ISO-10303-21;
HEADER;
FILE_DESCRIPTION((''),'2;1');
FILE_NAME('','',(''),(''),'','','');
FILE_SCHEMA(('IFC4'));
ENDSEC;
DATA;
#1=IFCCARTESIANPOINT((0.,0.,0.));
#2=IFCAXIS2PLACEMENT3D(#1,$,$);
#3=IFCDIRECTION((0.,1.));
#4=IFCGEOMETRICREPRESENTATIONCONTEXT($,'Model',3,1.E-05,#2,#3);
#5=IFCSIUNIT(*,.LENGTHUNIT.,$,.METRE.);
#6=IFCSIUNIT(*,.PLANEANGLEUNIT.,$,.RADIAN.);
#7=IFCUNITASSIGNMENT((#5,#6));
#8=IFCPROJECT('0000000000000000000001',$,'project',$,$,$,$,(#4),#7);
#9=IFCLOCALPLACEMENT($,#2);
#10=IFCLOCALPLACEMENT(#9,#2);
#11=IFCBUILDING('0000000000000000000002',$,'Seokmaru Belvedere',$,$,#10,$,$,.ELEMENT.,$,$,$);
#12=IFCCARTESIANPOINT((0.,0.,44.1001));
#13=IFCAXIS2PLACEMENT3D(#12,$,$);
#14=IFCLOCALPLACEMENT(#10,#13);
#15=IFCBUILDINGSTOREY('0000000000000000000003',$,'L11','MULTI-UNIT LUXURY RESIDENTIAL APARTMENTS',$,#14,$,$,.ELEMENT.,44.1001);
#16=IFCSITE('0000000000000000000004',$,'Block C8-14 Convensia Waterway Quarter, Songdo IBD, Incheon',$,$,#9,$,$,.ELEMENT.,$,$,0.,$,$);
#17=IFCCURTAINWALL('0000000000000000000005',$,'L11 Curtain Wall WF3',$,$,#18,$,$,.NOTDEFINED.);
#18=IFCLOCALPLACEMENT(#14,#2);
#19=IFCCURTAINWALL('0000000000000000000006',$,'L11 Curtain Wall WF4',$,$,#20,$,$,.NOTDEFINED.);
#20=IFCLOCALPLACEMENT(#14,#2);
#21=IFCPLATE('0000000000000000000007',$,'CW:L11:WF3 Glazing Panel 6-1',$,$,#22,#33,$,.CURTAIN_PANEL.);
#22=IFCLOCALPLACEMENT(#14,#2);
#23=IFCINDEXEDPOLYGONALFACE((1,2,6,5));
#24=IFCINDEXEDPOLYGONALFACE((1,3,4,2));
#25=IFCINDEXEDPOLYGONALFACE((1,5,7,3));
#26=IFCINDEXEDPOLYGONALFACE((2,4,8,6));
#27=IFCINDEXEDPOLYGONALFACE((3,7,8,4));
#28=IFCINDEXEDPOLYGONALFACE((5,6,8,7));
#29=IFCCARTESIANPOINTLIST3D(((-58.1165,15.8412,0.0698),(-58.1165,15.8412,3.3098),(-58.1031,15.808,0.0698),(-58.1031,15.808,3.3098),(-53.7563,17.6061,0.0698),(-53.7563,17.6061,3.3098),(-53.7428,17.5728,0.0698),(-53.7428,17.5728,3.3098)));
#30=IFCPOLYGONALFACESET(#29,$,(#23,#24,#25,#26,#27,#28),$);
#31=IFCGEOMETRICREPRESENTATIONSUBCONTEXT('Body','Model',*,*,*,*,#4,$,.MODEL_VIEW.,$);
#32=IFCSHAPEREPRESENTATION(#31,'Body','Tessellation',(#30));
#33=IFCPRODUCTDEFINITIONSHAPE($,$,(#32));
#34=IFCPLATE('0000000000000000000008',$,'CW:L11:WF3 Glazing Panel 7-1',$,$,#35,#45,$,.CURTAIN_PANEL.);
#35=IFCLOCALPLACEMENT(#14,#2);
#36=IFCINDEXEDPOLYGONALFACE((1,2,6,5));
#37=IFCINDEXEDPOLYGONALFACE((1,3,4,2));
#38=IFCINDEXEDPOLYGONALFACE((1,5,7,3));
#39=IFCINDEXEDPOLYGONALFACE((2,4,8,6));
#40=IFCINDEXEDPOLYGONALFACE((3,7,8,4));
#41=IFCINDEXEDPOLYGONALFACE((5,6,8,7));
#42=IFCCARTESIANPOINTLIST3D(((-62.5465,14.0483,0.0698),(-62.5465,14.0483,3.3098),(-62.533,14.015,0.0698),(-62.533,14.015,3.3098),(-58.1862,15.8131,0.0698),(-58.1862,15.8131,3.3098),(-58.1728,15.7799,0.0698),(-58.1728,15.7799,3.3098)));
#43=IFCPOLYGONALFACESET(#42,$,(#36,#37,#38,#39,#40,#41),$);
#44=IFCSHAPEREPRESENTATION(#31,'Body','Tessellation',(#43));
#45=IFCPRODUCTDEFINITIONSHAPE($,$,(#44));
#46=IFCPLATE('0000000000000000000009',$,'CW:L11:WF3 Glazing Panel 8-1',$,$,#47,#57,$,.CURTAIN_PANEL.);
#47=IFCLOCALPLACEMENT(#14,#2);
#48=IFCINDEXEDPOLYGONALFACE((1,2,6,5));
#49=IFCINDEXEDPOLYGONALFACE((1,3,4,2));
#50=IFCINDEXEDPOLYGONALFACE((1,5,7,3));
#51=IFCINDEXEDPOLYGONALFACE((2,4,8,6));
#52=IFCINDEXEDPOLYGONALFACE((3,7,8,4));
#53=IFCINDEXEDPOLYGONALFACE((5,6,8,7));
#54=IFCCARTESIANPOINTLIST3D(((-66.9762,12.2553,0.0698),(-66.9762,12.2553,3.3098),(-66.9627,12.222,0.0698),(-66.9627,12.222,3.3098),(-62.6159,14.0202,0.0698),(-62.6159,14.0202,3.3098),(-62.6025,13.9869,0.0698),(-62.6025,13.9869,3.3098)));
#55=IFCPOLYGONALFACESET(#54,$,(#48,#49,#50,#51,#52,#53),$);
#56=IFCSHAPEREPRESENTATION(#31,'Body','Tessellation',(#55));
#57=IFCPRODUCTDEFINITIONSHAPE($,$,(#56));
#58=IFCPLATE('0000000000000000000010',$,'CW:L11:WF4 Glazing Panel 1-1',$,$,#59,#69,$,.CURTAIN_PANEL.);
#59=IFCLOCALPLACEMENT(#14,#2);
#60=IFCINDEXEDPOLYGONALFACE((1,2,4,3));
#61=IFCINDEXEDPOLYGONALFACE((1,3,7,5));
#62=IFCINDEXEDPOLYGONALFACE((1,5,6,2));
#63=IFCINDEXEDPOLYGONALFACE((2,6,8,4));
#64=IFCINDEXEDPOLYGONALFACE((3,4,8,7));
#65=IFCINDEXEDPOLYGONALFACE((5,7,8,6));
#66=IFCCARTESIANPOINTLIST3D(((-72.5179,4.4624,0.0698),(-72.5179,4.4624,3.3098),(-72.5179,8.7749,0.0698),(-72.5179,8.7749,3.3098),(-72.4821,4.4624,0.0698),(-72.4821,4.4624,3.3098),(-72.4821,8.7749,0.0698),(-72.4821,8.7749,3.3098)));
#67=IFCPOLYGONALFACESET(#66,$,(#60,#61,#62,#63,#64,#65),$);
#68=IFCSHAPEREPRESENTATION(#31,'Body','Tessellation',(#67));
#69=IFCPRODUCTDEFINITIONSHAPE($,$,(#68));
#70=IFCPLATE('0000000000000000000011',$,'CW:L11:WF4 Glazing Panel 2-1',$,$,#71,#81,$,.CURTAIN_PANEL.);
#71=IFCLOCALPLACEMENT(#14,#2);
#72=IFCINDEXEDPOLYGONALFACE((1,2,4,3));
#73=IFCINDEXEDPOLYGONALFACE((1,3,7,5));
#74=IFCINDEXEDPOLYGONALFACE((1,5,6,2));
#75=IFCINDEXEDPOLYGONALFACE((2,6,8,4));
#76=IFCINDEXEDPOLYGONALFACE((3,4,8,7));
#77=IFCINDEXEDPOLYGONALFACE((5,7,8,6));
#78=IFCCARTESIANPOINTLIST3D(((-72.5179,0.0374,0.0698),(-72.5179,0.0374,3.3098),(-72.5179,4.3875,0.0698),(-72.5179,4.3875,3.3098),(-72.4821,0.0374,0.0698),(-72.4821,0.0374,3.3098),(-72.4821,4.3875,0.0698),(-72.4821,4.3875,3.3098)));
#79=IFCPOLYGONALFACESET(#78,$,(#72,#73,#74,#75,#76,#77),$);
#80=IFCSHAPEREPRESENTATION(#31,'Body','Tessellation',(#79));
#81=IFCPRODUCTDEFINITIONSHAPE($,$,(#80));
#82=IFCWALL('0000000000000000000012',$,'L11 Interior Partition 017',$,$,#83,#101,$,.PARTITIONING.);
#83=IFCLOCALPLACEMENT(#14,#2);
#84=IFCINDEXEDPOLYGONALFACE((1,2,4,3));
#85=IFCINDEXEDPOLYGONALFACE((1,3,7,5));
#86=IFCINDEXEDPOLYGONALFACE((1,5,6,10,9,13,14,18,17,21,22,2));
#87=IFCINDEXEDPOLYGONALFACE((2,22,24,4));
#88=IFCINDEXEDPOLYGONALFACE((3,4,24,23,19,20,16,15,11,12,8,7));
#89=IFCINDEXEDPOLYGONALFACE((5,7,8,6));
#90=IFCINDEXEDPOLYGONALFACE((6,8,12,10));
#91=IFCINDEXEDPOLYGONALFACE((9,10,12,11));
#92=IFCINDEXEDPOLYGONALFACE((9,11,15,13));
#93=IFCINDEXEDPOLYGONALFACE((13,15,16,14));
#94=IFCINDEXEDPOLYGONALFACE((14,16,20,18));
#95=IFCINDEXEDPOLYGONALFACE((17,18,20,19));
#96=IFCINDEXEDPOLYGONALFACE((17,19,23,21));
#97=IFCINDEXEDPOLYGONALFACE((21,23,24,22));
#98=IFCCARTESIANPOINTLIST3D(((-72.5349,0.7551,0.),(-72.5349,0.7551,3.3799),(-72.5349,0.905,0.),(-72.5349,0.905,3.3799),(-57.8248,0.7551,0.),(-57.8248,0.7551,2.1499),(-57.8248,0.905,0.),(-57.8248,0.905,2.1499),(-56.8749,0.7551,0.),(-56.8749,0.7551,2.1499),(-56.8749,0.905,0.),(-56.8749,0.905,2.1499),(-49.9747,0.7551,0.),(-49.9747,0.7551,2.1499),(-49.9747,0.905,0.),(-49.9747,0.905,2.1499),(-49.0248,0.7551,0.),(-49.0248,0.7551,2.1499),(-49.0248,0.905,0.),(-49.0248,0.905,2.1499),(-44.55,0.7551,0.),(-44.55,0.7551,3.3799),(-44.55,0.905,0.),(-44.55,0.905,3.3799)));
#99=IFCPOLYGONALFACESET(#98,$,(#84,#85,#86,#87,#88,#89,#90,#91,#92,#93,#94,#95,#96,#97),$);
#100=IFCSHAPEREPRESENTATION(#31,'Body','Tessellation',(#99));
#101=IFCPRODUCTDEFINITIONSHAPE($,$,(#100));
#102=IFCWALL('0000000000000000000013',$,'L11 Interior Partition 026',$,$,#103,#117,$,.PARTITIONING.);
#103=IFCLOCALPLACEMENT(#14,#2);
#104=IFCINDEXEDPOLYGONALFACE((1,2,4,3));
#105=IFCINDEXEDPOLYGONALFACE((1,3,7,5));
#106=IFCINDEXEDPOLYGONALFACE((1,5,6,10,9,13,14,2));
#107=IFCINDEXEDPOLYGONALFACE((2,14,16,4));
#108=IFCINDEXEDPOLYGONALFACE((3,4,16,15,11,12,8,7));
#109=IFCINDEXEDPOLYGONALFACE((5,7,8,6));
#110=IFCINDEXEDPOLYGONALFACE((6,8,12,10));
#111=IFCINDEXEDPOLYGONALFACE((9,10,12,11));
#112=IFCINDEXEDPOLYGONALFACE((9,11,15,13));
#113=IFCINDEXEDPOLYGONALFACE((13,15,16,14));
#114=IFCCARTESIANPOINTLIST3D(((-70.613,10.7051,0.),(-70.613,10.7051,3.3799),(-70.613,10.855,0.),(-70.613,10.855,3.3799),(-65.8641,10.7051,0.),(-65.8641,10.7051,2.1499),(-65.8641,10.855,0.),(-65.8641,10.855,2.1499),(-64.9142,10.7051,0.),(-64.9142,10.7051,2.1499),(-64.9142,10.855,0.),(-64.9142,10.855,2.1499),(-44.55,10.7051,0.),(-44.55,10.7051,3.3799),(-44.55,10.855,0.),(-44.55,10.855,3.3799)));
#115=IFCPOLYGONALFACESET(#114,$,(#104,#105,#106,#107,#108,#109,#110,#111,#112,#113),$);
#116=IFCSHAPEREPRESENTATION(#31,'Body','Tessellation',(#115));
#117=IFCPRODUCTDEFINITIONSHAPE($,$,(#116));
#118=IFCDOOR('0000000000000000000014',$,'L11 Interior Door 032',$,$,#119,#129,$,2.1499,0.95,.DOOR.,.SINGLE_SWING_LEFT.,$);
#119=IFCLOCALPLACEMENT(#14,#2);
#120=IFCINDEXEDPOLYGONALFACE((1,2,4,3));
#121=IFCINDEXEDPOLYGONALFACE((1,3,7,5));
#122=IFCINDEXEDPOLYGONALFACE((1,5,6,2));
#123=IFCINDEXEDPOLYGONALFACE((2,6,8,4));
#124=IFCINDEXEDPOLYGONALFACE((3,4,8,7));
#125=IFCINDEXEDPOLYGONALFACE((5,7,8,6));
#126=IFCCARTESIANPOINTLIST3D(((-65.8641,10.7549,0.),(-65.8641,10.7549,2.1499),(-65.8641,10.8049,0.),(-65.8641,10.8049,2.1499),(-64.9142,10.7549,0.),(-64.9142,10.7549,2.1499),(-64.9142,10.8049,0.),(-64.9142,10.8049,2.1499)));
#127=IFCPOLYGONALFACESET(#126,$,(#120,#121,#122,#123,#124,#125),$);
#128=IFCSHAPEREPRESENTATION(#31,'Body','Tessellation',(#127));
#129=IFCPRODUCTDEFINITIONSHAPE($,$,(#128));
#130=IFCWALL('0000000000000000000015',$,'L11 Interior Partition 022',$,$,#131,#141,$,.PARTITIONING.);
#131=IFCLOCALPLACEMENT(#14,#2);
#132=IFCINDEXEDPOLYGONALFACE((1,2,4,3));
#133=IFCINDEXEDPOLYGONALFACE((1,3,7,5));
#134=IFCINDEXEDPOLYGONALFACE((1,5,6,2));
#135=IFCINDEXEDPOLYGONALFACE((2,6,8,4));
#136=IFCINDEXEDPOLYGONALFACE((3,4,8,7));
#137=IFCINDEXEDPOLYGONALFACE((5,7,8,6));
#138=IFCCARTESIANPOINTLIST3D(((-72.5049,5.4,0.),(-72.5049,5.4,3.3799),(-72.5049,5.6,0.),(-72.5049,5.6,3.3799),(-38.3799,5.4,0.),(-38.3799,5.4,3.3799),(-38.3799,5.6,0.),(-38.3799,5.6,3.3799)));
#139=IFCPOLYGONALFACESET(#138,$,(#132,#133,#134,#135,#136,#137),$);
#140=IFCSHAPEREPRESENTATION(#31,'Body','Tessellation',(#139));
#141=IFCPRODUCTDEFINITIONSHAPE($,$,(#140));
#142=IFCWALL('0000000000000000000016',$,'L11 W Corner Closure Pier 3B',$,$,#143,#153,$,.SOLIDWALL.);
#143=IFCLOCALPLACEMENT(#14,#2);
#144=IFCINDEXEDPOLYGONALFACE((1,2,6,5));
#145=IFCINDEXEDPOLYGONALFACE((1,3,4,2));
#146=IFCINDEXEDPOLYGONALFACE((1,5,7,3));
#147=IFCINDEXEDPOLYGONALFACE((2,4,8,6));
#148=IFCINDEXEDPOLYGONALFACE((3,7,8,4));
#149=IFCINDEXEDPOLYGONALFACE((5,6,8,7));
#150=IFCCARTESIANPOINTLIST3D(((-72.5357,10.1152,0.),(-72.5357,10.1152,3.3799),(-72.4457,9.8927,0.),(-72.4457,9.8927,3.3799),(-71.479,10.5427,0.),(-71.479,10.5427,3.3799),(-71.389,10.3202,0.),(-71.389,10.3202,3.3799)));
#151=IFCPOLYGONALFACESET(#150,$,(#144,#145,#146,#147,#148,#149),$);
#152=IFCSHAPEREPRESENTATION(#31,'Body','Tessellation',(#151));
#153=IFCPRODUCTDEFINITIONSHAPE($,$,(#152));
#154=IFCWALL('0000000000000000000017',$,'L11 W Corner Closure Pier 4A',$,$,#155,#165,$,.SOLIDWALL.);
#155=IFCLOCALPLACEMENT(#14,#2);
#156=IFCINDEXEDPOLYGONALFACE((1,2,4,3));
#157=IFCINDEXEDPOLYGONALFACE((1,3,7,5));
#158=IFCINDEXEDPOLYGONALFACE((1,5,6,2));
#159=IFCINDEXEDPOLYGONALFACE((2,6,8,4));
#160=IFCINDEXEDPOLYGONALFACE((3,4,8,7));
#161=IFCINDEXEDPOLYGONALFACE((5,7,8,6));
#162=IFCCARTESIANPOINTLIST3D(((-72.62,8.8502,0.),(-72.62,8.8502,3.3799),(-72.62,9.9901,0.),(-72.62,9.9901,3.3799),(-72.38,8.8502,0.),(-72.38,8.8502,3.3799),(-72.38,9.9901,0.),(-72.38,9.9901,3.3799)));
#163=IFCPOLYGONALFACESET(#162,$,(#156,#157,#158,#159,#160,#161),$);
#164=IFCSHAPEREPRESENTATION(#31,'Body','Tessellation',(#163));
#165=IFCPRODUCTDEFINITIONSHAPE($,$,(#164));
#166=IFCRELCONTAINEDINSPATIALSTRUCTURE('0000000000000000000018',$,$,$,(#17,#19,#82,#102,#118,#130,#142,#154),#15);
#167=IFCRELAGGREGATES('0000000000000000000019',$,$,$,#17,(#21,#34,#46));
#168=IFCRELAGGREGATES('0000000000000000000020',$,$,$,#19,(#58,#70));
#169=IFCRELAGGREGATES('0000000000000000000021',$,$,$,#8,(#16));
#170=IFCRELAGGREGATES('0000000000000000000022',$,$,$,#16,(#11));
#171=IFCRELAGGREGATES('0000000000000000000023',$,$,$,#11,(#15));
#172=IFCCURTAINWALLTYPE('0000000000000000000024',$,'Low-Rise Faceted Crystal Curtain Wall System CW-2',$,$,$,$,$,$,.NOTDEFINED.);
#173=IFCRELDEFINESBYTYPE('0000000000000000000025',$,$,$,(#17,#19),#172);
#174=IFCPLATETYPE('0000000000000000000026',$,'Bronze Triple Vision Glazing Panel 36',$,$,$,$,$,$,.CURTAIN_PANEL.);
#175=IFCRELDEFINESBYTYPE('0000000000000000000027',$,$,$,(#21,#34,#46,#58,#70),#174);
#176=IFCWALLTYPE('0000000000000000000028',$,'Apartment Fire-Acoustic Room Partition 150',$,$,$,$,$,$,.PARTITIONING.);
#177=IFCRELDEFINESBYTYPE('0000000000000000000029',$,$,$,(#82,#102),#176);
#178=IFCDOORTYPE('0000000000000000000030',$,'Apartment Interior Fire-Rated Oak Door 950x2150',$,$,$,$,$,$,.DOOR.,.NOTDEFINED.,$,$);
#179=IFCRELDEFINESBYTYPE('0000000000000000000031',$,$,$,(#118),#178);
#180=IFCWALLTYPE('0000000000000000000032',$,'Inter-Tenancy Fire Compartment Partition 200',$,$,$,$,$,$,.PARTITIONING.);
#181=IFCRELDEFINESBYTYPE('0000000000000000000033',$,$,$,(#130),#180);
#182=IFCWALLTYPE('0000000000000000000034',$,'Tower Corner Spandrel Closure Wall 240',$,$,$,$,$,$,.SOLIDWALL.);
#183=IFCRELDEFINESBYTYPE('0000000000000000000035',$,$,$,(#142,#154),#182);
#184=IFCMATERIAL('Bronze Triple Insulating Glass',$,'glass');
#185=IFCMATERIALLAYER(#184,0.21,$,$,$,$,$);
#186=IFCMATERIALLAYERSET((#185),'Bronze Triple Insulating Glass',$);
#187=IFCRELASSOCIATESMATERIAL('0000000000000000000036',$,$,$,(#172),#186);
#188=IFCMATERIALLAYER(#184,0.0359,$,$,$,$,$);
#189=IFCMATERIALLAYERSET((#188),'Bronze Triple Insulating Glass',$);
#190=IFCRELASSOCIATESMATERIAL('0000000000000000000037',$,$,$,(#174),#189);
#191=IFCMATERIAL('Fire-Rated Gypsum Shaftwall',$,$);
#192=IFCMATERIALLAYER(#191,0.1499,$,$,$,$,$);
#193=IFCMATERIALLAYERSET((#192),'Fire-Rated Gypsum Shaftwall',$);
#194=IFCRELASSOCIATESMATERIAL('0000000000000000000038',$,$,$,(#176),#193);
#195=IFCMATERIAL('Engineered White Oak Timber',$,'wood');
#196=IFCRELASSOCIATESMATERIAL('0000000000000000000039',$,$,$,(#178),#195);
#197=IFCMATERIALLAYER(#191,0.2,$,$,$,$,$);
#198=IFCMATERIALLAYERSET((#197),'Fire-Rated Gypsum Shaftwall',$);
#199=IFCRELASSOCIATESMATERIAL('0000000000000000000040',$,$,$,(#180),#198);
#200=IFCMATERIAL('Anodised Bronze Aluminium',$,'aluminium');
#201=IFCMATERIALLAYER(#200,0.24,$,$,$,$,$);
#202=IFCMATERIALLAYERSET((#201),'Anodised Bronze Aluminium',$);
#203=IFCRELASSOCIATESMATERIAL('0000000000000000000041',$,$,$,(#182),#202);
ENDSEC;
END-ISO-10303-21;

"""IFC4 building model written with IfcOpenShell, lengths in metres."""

from ifc_helpers import new_model, si_unit, direction, frame, frame_2d, origin, origin_2d, place, context, subcontext, project, spatial, rectangle, extrude, source, transform, mapped, material, layer, layer_set, type_object, type_shapes, element, fill, aggregate, save


model = new_model("IFC4")

# Units and contexts
model_context = context("Model", 3, precision=1e-05, world=origin(), true_north=direction((0.0, 1.0)))
body_context = subcontext(model_context, "Body", "Model", "MODEL_VIEW")
ifc_project = project(units=[si_unit("LENGTHUNIT", "METRE"), si_unit("PLANEANGLEUNIT", "RADIAN")], contexts=[model_context])

# Site, building, storey
site_placement = place(None, origin())
site = spatial("IfcSite", under=ifc_project, at=site_placement, Name="Block C8-14 Convensia Waterway Quarter, Songdo IBD, Incheon", CompositionType="ELEMENT", RefElevation=0.0)
building_placement = place(site_placement, origin())
building = spatial("IfcBuilding", under=site, at=building_placement, Name="Seokmaru Belvedere", CompositionType="ELEMENT")
storey_placement = place(building_placement, frame((0.0, 0.0, 44.1001)))
storey = spatial("IfcBuildingStorey", under=building, at=storey_placement, Name="L11", Description="MULTI-UNIT LUXURY RESIDENTIAL APARTMENTS", CompositionType="ELEMENT", Elevation=44.1001)

# Curtain walls
ifc_material_1 = material(Name="Bronze Triple Insulating Glass", Category="glass")
ifc_layer_1 = layer(ifc_material_1, 0.21)
ifc_layer_set_1 = layer_set([ifc_layer_1], Name="Bronze Triple Insulating Glass")
curtain_wall_type = type_object("IfcCurtainWallType", Name="Low-Rise Faceted Crystal Curtain Wall System CW-2", PredefinedType="NOTDEFINED", material=ifc_layer_set_1)
curtain_wall_1_placement = place(storey_placement, origin())
curtain_wall_1 = element("IfcCurtainWall", 1, at=curtain_wall_1_placement, inside=storey, type_object=curtain_wall_type, Name="L11 Curtain Wall WF3", PredefinedType="NOTDEFINED")
ifc_material_2 = material(Name="Anodised Bronze Aluminium", Category="aluminium")
curtain_wall_2_placement = place(storey_placement, origin())
curtain_wall_2 = element("IfcCurtainWall", 2, at=curtain_wall_2_placement, inside=storey, type_object=curtain_wall_type, Name="L11 Curtain Wall WF4", PredefinedType="NOTDEFINED")

# Plates
ifc_layer_2 = layer(ifc_material_1, 0.0359)
ifc_layer_set_2 = layer_set([ifc_layer_2], Name="Bronze Triple Insulating Glass")
plate_type = type_object("IfcPlateType", Name="Bronze Triple Vision Glazing Panel 36", PredefinedType="CURTAIN_PANEL", material=ifc_layer_set_2)
shared_shape_1 = source(origin(), body_context, "Body", "SweptSolid", [
    extrude(rectangle(XDim=4.7039, YDim=0.0359, at=origin_2d()), origin(), (0.0, 0.0, 1.0), 3.24),
])
plate_1_placement = place(storey_placement, frame((-55.9297, 16.707, 0.0698), z_axis=(0.0, 0.0, 1.0), x_axis=(-0.926947, -0.375192, 0.0)))
plate_1 = element("IfcPlate", 3, at=plate_1_placement, type_object=plate_type, Name="CW:L11:WF3 Glazing Panel 6-1", PredefinedType="CURTAIN_PANEL", context=body_context, shape_type="MappedRepresentation", body=[
    mapped(shared_shape_1, transform((0.0, 0.0, 0.0), scale=1.0)),
])
plate_2_placement = place(storey_placement, frame((-60.3596, 14.9141, 0.0698), z_axis=(0.0, 0.0, 1.0), x_axis=(-0.926947, -0.375192, 0.0)))
plate_2 = element("IfcPlate", 4, at=plate_2_placement, type_object=plate_type, Name="CW:L11:WF3 Glazing Panel 7-1", PredefinedType="CURTAIN_PANEL", context=body_context, shape_type="MappedRepresentation", body=[
    mapped(shared_shape_1, transform((0.0, 0.0, 0.0), scale=1.0)),
])
plate_3_placement = place(storey_placement, frame((-64.7893, 13.1211, 0.0698), z_axis=(0.0, 0.0, 1.0), x_axis=(-0.926947, -0.375192, 0.0)))
plate_3 = element("IfcPlate", 5, at=plate_3_placement, type_object=plate_type, Name="CW:L11:WF3 Glazing Panel 8-1", PredefinedType="CURTAIN_PANEL", context=body_context, shape_type="MappedRepresentation", body=[
    mapped(shared_shape_1, transform((0.0, 0.0, 0.0), scale=1.0)),
])
aggregate(curtain_wall_1, [plate_1, plate_2, plate_3])
shared_shape_2 = source(origin(), body_context, "Body", "SweptSolid", [
    extrude(rectangle(XDim=4.3125, YDim=0.0359, at=origin_2d()), origin(), (0.0, 0.0, 1.0), 3.24),
])
plate_4_placement = place(storey_placement, frame((-72.5, 6.6187, 0.0698), z_axis=(0.0, 0.0, 1.0), x_axis=(0.0, -1.0, 0.0)))
plate_4 = element("IfcPlate", 6, at=plate_4_placement, type_object=plate_type, Name="CW:L11:WF4 Glazing Panel 1-1", PredefinedType="CURTAIN_PANEL", context=body_context, shape_type="MappedRepresentation", body=[
    mapped(shared_shape_2, transform((0.0, 0.0, 0.0), scale=1.0)),
])
shared_shape_3 = source(origin(), body_context, "Body", "SweptSolid", [
    extrude(rectangle(XDim=4.3501, YDim=0.0359, at=origin_2d()), origin(), (0.0, 0.0, 1.0), 3.24),
])
plate_5_placement = place(storey_placement, frame((-72.5, 2.2124, 0.0698), z_axis=(0.0, 0.0, 1.0), x_axis=(0.0, -1.0, 0.0)))
plate_5 = element("IfcPlate", 7, at=plate_5_placement, type_object=plate_type, Name="CW:L11:WF4 Glazing Panel 2-1", PredefinedType="CURTAIN_PANEL", context=body_context, shape_type="MappedRepresentation", body=[
    mapped(shared_shape_3, transform((0.0, 0.0, 0.0), scale=1.0)),
])
aggregate(curtain_wall_2, [plate_4, plate_5])

# Wall, openings
ifc_material_3 = material(Name="Fire-Rated Gypsum Shaftwall")
ifc_layer_3 = layer(ifc_material_3, 0.1499)
ifc_layer_set_3 = layer_set([ifc_layer_3], Name="Fire-Rated Gypsum Shaftwall")
wall_type_1 = type_object("IfcWallType", Name="Apartment Fire-Acoustic Room Partition 150", PredefinedType="PARTITIONING", material=ifc_layer_set_3)
wall_1_placement = place(storey_placement, frame((-72.5349, 0.8301, 0.0), z_axis=(0.0, 0.0, 1.0), x_axis=(1.0, 0.0, 0.0)))
wall_1 = element("IfcWall", 8, at=wall_1_placement, inside=storey, type_object=wall_type_1, Name="L11 Interior Partition 017", PredefinedType="PARTITIONING", context=body_context, shape_type="SweptSolid", body=[
    extrude(rectangle(XDim=27.9849, YDim=0.1499, at=frame_2d((13.9924, 0.0))), origin(), (0.0, 0.0, 1.0), 3.3799),
])
opening_1_placement = place(wall_1_placement, frame((22.5601, 0.0, 0.0)))
element("IfcOpeningElement", 9, at=opening_1_placement, cuts=wall_1, PredefinedType="OPENING", context=body_context, shape_type="SweptSolid", body=[
    extrude(rectangle(XDim=0.95, YDim=2.1499, at=frame_2d((0.4751, 1.075))), frame((0.0, 0.085, 0.0), z_axis=(0.0, -1.0, 0.0), x_axis=(1.0, 0.0, 0.0)), (0.0, 0.0, 1.0), 0.1699),
])
opening_2_placement = place(wall_1_placement, frame((14.71, 0.0, 0.0)))
element("IfcOpeningElement", 10, at=opening_2_placement, cuts=wall_1, PredefinedType="OPENING", context=body_context, shape_type="SweptSolid", body=[
    extrude(rectangle(XDim=0.95, YDim=2.1499, at=frame_2d((0.4751, 1.075))), frame((0.0, 0.085, 0.0), z_axis=(0.0, -1.0, 0.0), x_axis=(1.0, 0.0, 0.0)), (0.0, 0.0, 1.0), 0.1699),
])

# Wall, opening, door
wall_2_placement = place(storey_placement, frame((-70.613, 10.78, 0.0), z_axis=(0.0, 0.0, 1.0), x_axis=(1.0, 0.0, 0.0)))
wall_2 = element("IfcWall", 11, at=wall_2_placement, inside=storey, type_object=wall_type_1, Name="L11 Interior Partition 026", PredefinedType="PARTITIONING", context=body_context, shape_type="SweptSolid", body=[
    extrude(rectangle(XDim=26.063, YDim=0.1499, at=frame_2d((13.0315, 0.0))), origin(), (0.0, 0.0, 1.0), 3.3799),
])
opening_3_placement = place(wall_2_placement, frame((4.7488, 0.0, 0.0)))
opening_3 = element("IfcOpeningElement", 12, at=opening_3_placement, cuts=wall_2, PredefinedType="OPENING", context=body_context, shape_type="SweptSolid", body=[
    extrude(rectangle(XDim=0.95, YDim=2.1499, at=frame_2d((0.4751, 1.075))), frame((0.0, 0.085, 0.0), z_axis=(0.0, -1.0, 0.0), x_axis=(1.0, 0.0, 0.0)), (0.0, 0.0, 1.0), 0.1699),
])
ifc_material_4 = material(Name="Engineered White Oak Timber", Category="wood")
door_type = type_object("IfcDoorType", Name="Apartment Interior Fire-Rated Oak Door 950x2150", OperationType="NOTDEFINED", PredefinedType="DOOR", material=ifc_material_4)
shared_shape_4 = source(origin(), body_context, "Body", "SweptSolid", [
    extrude(rectangle(XDim=0.95, YDim=2.1499, at=frame_2d((0.4751, 1.075))), frame((0.0, 0.0249, 0.0), z_axis=(0.0, -1.0, 0.0), x_axis=(1.0, 0.0, 0.0)), (0.0, 0.0, 1.0), 0.05),
])
type_shapes(door_type, [shared_shape_4])
door_placement = place(opening_3_placement, origin())
door = element("IfcDoor", 13, at=door_placement, inside=storey, type_object=door_type, Name="L11 Interior Door 032", OperationType="SINGLE_SWING_LEFT", OverallHeight=2.1499, OverallWidth=0.95, PredefinedType="DOOR", context=body_context, shape_type="MappedRepresentation", body=[
    mapped(shared_shape_4, transform((0.0, 0.0, 0.0), scale=1.0)),
])
fill(opening_3, door)

# Walls
ifc_layer_4 = layer(ifc_material_3, 0.2)
ifc_layer_set_4 = layer_set([ifc_layer_4], Name="Fire-Rated Gypsum Shaftwall")
wall_type_2 = type_object("IfcWallType", Name="Inter-Tenancy Fire Compartment Partition 200", PredefinedType="PARTITIONING", material=ifc_layer_set_4)
wall_3_placement = place(storey_placement, frame((-72.5049, 5.5, 0.0), z_axis=(0.0, 0.0, 1.0), x_axis=(1.0, 0.0, 0.0)))
element("IfcWall", 14, at=wall_3_placement, inside=storey, type_object=wall_type_2, Name="L11 Interior Partition 022", PredefinedType="PARTITIONING", context=body_context, shape_type="SweptSolid", body=[
    extrude(rectangle(XDim=34.125, YDim=0.2, at=frame_2d((17.0625, 0.0))), origin(), (0.0, 0.0, 1.0), 3.3799),
])
ifc_layer_5 = layer(ifc_material_2, 0.24)
ifc_layer_set_5 = layer_set([ifc_layer_5], Name="Anodised Bronze Aluminium")
wall_type_3 = type_object("IfcWallType", Name="Tower Corner Spandrel Closure Wall 240", PredefinedType="SOLIDWALL", material=ifc_layer_set_5)
for number, where, z_axis, x_axis, name in (
    (15, (-71.4341, 10.4314, 0.0), (0.0, 0.0, 1.0), (-0.927007, -0.375044, 0.0), "L11 W Corner Closure Pier 3B"),
    (16, (-72.5, 9.99, 0.0), (0.0, 0.0, 1.0), (0.0, -1.0, 0.0), "L11 W Corner Closure Pier 4A"),
):
    element("IfcWall", number, at=place(storey_placement, frame(where, z_axis=z_axis, x_axis=x_axis)), inside=storey, type_object=wall_type_3, Name=name, PredefinedType="SOLIDWALL", context=body_context, shape_type="SweptSolid", body=[
        extrude(rectangle(XDim=1.1399, YDim=0.24, at=frame_2d((0.5698, 0.0))), origin(), (0.0, 0.0, 1.0), 3.3799),
    ])

save(model, "model.ifc")
